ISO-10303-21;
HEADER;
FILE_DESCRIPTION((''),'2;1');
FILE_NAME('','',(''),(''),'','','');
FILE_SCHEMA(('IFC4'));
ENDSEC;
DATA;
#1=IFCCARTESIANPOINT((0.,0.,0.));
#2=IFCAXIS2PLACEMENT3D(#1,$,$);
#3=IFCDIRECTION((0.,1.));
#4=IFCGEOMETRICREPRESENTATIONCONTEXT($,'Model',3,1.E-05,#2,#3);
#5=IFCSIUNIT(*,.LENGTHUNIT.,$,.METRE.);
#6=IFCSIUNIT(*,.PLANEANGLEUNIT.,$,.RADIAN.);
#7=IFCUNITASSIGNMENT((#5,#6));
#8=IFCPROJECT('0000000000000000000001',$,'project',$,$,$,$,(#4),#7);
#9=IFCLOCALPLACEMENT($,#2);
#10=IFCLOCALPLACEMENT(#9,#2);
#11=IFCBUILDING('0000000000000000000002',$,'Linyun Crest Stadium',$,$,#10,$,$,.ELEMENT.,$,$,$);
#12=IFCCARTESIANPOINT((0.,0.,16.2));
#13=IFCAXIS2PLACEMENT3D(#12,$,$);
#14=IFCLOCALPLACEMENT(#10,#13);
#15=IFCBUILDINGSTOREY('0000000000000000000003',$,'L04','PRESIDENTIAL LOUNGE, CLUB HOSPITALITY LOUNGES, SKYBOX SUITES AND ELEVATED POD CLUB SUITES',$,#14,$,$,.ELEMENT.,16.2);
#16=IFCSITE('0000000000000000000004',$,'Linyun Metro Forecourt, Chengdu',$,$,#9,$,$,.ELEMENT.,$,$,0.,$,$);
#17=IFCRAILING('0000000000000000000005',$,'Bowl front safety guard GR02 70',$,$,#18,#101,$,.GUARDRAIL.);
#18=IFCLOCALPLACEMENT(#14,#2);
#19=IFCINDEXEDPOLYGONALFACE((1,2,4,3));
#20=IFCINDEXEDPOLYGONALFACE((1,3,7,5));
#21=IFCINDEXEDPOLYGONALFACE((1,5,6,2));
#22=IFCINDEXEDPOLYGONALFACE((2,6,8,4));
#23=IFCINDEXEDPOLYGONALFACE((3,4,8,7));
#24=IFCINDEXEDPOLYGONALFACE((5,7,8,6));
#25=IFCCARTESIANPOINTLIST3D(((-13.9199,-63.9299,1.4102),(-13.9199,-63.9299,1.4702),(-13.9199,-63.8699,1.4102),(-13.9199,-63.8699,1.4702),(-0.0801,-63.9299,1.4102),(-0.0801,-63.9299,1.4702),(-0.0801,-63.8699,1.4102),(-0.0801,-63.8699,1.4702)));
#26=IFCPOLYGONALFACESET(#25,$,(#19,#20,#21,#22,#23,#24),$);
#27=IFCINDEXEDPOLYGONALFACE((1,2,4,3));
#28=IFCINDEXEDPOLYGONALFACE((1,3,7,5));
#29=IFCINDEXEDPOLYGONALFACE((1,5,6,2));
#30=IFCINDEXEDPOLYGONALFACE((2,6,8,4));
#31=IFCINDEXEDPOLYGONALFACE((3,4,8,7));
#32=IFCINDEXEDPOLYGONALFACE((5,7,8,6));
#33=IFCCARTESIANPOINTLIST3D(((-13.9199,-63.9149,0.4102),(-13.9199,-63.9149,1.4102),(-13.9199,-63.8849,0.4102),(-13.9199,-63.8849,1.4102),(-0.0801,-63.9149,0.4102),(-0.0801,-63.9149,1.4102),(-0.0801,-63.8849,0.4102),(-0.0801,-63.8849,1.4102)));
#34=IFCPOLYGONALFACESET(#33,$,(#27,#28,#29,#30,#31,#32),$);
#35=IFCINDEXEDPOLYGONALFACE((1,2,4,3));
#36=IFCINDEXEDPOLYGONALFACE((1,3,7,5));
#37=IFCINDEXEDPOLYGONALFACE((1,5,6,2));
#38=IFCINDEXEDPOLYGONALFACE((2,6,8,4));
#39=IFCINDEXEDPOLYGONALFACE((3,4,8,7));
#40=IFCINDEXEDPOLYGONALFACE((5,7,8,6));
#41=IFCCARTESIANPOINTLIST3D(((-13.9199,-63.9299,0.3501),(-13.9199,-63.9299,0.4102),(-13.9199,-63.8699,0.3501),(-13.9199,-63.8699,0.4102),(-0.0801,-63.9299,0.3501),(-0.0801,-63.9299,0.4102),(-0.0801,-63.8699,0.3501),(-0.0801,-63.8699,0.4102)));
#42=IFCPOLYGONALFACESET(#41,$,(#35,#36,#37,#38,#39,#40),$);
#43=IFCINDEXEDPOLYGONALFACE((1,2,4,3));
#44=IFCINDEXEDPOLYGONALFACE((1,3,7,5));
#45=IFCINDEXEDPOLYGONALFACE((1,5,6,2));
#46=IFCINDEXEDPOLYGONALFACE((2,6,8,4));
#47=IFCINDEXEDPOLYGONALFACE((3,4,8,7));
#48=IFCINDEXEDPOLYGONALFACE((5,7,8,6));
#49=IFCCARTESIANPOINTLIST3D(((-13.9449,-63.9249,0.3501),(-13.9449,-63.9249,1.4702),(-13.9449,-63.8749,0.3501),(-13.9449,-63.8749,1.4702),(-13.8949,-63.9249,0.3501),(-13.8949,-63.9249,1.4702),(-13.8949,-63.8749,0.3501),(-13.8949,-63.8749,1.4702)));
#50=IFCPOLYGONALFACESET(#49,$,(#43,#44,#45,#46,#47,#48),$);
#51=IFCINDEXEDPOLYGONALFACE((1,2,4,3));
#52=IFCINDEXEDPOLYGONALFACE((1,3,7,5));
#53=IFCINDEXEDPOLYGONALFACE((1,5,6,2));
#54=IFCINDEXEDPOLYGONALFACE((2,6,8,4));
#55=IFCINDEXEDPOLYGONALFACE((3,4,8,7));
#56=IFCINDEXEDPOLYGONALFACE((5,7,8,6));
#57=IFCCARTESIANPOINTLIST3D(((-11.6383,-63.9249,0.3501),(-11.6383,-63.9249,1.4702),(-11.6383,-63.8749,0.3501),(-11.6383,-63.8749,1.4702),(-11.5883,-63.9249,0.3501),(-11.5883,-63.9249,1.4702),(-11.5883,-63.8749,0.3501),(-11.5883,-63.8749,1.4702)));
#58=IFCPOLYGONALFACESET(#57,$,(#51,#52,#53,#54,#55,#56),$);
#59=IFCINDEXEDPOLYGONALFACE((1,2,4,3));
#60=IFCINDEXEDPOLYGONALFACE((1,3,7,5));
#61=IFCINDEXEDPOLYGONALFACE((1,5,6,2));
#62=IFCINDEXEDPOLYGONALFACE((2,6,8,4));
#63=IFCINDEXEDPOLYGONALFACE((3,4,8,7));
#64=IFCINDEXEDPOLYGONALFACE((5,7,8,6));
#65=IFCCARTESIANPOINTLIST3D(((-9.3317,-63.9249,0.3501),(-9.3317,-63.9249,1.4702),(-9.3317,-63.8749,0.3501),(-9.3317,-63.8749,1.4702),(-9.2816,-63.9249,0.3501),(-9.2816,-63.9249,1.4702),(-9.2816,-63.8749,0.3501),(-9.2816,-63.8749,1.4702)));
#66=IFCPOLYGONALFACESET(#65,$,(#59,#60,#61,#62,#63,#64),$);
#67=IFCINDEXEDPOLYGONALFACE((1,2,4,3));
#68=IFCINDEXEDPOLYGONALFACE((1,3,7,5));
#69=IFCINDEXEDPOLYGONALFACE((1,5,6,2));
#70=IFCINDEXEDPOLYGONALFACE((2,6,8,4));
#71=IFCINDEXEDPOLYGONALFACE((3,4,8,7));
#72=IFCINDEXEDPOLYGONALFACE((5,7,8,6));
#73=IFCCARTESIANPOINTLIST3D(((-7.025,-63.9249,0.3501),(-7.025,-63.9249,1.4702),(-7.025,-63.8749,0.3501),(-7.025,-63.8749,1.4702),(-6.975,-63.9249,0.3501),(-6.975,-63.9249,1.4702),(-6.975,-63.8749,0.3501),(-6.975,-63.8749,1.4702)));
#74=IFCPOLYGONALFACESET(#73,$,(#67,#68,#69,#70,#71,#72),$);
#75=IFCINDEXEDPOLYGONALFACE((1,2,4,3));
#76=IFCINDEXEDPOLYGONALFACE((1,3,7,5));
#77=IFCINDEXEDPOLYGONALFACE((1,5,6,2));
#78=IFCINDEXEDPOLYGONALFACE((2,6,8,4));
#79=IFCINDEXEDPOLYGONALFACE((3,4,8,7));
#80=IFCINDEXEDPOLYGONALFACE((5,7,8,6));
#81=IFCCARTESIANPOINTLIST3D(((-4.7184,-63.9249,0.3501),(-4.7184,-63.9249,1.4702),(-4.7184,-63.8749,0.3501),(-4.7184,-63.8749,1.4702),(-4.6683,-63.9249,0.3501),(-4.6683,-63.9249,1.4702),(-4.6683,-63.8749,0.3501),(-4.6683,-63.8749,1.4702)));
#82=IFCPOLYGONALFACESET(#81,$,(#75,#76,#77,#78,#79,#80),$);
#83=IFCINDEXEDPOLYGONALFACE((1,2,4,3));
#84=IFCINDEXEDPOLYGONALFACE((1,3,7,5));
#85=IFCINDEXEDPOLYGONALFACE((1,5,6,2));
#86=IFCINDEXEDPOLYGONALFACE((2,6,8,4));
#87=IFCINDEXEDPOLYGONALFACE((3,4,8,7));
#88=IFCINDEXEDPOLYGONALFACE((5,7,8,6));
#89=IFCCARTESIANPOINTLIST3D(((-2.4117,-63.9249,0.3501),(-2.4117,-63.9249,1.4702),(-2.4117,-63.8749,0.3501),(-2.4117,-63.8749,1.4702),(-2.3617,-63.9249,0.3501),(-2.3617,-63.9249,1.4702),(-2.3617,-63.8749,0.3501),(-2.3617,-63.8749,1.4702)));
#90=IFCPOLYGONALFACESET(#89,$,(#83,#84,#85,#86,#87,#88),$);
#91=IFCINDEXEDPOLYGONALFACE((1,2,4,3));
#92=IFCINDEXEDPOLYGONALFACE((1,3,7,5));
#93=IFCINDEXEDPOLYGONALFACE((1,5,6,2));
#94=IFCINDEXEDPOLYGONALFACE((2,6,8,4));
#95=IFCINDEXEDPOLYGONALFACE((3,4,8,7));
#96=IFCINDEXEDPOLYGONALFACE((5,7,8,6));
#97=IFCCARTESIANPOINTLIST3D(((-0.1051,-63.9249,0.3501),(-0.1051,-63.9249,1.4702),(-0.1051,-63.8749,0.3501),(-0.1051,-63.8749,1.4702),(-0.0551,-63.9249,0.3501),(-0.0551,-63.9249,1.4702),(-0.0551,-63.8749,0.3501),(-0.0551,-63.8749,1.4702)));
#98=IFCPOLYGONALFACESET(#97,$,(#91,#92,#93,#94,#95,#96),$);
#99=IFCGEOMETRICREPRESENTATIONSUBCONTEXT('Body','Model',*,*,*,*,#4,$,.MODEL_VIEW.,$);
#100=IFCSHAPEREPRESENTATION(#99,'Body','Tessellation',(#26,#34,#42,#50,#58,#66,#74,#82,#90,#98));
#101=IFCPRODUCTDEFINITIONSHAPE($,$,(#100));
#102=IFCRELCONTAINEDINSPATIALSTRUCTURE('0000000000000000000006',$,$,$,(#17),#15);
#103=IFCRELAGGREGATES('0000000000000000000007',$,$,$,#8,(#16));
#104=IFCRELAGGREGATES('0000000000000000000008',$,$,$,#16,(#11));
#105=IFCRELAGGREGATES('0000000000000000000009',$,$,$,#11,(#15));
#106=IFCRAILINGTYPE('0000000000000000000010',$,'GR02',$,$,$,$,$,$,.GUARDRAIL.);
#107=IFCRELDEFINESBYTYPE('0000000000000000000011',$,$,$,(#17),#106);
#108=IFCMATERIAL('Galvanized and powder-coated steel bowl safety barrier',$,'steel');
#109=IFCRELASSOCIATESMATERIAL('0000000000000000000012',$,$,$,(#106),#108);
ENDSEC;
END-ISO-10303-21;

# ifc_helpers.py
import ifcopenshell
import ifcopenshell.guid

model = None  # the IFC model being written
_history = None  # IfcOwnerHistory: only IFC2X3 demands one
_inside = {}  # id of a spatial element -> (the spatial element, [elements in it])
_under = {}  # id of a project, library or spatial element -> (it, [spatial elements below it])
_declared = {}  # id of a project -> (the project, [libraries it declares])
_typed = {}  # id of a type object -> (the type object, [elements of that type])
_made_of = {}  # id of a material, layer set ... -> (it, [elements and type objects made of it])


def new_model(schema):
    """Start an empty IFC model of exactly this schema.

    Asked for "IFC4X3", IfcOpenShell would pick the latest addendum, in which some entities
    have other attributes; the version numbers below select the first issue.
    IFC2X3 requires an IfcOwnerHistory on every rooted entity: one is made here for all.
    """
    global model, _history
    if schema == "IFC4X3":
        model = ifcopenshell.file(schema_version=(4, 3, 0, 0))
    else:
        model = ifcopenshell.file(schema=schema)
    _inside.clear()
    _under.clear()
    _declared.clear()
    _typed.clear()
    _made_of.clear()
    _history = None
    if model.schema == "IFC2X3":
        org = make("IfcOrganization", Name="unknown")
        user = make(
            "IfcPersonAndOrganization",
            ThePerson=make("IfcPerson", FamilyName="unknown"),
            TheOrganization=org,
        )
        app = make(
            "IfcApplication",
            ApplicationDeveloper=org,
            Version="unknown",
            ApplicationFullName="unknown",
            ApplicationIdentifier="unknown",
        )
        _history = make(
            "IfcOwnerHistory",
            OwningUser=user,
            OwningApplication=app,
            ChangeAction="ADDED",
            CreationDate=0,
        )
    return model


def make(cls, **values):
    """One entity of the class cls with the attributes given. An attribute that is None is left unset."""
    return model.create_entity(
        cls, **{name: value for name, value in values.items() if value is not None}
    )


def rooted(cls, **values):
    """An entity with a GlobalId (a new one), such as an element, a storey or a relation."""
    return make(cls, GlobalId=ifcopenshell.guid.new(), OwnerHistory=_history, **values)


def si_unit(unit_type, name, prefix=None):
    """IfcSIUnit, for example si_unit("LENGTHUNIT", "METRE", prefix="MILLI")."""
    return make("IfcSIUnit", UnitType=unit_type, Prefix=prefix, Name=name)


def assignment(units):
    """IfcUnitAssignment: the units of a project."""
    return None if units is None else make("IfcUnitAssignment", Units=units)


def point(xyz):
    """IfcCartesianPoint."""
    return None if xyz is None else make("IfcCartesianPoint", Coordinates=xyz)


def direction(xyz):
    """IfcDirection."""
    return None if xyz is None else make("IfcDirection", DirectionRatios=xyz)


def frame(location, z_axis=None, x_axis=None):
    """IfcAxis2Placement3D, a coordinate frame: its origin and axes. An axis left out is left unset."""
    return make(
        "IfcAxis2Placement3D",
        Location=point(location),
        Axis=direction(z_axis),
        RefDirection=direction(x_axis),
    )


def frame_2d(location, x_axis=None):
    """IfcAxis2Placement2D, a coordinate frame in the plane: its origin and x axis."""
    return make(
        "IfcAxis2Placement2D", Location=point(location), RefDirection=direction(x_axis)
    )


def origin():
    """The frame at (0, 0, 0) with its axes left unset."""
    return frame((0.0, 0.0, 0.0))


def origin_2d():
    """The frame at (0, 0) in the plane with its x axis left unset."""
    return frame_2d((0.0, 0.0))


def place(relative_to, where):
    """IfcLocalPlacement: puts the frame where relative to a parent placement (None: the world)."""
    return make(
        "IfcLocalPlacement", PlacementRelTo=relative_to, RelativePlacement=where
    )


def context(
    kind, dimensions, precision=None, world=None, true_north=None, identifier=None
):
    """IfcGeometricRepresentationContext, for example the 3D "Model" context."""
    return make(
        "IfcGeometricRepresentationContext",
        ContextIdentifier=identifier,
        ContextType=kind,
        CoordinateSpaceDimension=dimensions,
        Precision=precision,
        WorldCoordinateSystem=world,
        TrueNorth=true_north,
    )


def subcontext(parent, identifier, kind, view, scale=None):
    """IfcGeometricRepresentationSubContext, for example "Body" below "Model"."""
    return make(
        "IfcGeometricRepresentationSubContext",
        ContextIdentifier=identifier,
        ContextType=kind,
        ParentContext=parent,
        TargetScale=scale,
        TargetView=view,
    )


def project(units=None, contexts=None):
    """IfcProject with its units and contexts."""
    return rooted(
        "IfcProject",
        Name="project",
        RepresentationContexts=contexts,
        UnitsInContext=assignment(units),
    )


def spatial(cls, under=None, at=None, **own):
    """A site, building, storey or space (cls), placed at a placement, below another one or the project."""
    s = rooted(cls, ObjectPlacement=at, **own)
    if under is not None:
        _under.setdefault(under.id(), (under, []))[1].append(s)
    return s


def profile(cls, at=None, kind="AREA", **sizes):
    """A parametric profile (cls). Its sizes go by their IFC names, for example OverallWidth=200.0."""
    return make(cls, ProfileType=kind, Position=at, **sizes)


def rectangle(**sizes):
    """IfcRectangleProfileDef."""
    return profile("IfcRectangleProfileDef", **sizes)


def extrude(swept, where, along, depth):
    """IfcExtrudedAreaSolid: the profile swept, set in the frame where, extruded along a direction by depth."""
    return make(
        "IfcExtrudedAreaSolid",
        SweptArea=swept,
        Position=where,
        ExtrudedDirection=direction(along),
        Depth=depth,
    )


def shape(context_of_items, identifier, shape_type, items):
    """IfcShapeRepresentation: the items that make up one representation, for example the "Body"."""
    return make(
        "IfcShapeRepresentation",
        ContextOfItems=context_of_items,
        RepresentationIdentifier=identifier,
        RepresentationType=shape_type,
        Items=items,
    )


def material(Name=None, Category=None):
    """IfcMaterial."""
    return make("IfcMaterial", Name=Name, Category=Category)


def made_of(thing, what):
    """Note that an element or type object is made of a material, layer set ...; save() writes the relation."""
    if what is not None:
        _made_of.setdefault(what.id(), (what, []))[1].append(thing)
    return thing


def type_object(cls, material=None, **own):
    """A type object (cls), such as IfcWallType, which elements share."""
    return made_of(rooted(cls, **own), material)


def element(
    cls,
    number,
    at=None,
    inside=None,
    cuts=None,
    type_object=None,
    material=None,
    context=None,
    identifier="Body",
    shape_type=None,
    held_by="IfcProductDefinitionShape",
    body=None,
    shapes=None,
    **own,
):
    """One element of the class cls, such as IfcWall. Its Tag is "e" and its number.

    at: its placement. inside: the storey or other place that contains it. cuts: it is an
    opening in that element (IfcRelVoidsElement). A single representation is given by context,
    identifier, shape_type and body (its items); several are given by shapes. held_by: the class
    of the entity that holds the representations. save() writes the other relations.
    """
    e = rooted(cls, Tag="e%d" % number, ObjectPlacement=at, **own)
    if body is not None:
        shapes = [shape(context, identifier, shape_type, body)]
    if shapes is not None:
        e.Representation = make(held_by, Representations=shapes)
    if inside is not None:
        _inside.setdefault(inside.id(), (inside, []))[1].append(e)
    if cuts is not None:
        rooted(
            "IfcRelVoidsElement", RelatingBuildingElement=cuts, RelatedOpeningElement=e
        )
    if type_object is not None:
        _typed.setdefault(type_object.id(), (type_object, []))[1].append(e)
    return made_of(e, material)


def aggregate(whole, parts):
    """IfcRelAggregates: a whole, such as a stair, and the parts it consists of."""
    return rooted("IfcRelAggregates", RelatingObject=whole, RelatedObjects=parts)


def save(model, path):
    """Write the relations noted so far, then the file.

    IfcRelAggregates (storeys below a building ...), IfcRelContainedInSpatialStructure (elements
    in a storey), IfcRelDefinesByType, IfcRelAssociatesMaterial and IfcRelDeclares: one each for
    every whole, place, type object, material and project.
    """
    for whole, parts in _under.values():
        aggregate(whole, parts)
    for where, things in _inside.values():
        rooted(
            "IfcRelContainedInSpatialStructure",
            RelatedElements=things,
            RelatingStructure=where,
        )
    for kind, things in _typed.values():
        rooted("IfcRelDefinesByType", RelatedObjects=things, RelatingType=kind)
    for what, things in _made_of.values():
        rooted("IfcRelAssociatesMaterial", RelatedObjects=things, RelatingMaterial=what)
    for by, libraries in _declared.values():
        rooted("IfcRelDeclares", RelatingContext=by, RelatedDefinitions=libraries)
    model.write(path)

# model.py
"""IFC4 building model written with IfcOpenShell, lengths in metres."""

from ifc_helpers import new_model, si_unit, direction, frame, origin, origin_2d, place, context, subcontext, project, spatial, rectangle, extrude, material, type_object, element, save


model = new_model("IFC4")

# Units and contexts
model_context = context("Model", 3, precision=1e-05, world=origin(), true_north=direction((0.0, 1.0)))
body_context = subcontext(model_context, "Body", "Model", "MODEL_VIEW")
ifc_project = project(units=[si_unit("LENGTHUNIT", "METRE"), si_unit("PLANEANGLEUNIT", "RADIAN")], contexts=[model_context])

# Site, building, storey
site_placement = place(None, origin())
site = spatial("IfcSite", under=ifc_project, at=site_placement, Name="Linyun Metro Forecourt, Chengdu", CompositionType="ELEMENT", RefElevation=0.0)
building_placement = place(site_placement, origin())
building = spatial("IfcBuilding", under=site, at=building_placement, Name="Linyun Crest Stadium", CompositionType="ELEMENT")
storey_placement = place(building_placement, frame((0.0, 0.0, 16.2)))
storey = spatial("IfcBuildingStorey", under=building, at=storey_placement, Name="L04", Description="PRESIDENTIAL LOUNGE, CLUB HOSPITALITY LOUNGES, SKYBOX SUITES AND ELEVATED POD CLUB SUITES", CompositionType="ELEMENT", Elevation=16.2)

# Railing
ifc_material_1 = material(Name="Galvanized and powder-coated steel bowl safety barrier", Category="steel")
railing_type = type_object("IfcRailingType", Name="GR02", PredefinedType="GUARDRAIL", material=ifc_material_1)
railing_placement = place(storey_placement, frame((-13.9199, -63.8999, 0.3501)))
element("IfcRailing", 1, at=railing_placement, inside=storey, type_object=railing_type, Name="Bowl front safety guard GR02 70", PredefinedType="GUARDRAIL", context=body_context, shape_type="SweptSolid", body=[
    extrude(rectangle(XDim=0.0601, YDim=0.0601, at=origin_2d()), frame((0.0, 0.0, 1.0901), z_axis=(1.0, 0.0, 0.0), x_axis=(0.0, 1.0, 0.0)), (0.0, 0.0, 1.0), 13.8398),
    extrude(rectangle(XDim=0.03, YDim=1.0, at=origin_2d()), frame((0.0, 0.0, 0.5601), z_axis=(1.0, 0.0, 0.0), x_axis=(0.0, 1.0, 0.0)), (0.0, 0.0, 1.0), 13.8398),
    extrude(rectangle(XDim=0.0601, YDim=0.0601, at=origin_2d()), frame((0.0, 0.0, 0.03), z_axis=(1.0, 0.0, 0.0), x_axis=(0.0, 1.0, 0.0)), (0.0, 0.0, 1.0), 13.8398),
    extrude(rectangle(XDim=0.05, YDim=0.05, at=origin_2d()), origin(), (0.0, 0.0, 1.0), 1.1201),
    extrude(rectangle(XDim=0.05, YDim=0.05, at=origin_2d()), frame((2.3066, 0.0, 0.0)), (0.0, 0.0, 1.0), 1.1201),
    extrude(rectangle(XDim=0.05, YDim=0.05, at=origin_2d()), frame((4.6133, 0.0, 0.0)), (0.0, 0.0, 1.0), 1.1201),
    extrude(rectangle(XDim=0.05, YDim=0.05, at=origin_2d()), frame((6.9199, 0.0, 0.0)), (0.0, 0.0, 1.0), 1.1201),
    extrude(rectangle(XDim=0.05, YDim=0.05, at=origin_2d()), frame((9.2266, 0.0, 0.0)), (0.0, 0.0, 1.0), 1.1201),
    extrude(rectangle(XDim=0.05, YDim=0.05, at=origin_2d()), frame((11.5332, 0.0, 0.0)), (0.0, 0.0, 1.0), 1.1201),
    extrude(rectangle(XDim=0.05, YDim=0.05, at=origin_2d()), frame((13.8398, 0.0, 0.0)), (0.0, 0.0, 1.0), 1.1201),
])

save(model, "model.ifc")
